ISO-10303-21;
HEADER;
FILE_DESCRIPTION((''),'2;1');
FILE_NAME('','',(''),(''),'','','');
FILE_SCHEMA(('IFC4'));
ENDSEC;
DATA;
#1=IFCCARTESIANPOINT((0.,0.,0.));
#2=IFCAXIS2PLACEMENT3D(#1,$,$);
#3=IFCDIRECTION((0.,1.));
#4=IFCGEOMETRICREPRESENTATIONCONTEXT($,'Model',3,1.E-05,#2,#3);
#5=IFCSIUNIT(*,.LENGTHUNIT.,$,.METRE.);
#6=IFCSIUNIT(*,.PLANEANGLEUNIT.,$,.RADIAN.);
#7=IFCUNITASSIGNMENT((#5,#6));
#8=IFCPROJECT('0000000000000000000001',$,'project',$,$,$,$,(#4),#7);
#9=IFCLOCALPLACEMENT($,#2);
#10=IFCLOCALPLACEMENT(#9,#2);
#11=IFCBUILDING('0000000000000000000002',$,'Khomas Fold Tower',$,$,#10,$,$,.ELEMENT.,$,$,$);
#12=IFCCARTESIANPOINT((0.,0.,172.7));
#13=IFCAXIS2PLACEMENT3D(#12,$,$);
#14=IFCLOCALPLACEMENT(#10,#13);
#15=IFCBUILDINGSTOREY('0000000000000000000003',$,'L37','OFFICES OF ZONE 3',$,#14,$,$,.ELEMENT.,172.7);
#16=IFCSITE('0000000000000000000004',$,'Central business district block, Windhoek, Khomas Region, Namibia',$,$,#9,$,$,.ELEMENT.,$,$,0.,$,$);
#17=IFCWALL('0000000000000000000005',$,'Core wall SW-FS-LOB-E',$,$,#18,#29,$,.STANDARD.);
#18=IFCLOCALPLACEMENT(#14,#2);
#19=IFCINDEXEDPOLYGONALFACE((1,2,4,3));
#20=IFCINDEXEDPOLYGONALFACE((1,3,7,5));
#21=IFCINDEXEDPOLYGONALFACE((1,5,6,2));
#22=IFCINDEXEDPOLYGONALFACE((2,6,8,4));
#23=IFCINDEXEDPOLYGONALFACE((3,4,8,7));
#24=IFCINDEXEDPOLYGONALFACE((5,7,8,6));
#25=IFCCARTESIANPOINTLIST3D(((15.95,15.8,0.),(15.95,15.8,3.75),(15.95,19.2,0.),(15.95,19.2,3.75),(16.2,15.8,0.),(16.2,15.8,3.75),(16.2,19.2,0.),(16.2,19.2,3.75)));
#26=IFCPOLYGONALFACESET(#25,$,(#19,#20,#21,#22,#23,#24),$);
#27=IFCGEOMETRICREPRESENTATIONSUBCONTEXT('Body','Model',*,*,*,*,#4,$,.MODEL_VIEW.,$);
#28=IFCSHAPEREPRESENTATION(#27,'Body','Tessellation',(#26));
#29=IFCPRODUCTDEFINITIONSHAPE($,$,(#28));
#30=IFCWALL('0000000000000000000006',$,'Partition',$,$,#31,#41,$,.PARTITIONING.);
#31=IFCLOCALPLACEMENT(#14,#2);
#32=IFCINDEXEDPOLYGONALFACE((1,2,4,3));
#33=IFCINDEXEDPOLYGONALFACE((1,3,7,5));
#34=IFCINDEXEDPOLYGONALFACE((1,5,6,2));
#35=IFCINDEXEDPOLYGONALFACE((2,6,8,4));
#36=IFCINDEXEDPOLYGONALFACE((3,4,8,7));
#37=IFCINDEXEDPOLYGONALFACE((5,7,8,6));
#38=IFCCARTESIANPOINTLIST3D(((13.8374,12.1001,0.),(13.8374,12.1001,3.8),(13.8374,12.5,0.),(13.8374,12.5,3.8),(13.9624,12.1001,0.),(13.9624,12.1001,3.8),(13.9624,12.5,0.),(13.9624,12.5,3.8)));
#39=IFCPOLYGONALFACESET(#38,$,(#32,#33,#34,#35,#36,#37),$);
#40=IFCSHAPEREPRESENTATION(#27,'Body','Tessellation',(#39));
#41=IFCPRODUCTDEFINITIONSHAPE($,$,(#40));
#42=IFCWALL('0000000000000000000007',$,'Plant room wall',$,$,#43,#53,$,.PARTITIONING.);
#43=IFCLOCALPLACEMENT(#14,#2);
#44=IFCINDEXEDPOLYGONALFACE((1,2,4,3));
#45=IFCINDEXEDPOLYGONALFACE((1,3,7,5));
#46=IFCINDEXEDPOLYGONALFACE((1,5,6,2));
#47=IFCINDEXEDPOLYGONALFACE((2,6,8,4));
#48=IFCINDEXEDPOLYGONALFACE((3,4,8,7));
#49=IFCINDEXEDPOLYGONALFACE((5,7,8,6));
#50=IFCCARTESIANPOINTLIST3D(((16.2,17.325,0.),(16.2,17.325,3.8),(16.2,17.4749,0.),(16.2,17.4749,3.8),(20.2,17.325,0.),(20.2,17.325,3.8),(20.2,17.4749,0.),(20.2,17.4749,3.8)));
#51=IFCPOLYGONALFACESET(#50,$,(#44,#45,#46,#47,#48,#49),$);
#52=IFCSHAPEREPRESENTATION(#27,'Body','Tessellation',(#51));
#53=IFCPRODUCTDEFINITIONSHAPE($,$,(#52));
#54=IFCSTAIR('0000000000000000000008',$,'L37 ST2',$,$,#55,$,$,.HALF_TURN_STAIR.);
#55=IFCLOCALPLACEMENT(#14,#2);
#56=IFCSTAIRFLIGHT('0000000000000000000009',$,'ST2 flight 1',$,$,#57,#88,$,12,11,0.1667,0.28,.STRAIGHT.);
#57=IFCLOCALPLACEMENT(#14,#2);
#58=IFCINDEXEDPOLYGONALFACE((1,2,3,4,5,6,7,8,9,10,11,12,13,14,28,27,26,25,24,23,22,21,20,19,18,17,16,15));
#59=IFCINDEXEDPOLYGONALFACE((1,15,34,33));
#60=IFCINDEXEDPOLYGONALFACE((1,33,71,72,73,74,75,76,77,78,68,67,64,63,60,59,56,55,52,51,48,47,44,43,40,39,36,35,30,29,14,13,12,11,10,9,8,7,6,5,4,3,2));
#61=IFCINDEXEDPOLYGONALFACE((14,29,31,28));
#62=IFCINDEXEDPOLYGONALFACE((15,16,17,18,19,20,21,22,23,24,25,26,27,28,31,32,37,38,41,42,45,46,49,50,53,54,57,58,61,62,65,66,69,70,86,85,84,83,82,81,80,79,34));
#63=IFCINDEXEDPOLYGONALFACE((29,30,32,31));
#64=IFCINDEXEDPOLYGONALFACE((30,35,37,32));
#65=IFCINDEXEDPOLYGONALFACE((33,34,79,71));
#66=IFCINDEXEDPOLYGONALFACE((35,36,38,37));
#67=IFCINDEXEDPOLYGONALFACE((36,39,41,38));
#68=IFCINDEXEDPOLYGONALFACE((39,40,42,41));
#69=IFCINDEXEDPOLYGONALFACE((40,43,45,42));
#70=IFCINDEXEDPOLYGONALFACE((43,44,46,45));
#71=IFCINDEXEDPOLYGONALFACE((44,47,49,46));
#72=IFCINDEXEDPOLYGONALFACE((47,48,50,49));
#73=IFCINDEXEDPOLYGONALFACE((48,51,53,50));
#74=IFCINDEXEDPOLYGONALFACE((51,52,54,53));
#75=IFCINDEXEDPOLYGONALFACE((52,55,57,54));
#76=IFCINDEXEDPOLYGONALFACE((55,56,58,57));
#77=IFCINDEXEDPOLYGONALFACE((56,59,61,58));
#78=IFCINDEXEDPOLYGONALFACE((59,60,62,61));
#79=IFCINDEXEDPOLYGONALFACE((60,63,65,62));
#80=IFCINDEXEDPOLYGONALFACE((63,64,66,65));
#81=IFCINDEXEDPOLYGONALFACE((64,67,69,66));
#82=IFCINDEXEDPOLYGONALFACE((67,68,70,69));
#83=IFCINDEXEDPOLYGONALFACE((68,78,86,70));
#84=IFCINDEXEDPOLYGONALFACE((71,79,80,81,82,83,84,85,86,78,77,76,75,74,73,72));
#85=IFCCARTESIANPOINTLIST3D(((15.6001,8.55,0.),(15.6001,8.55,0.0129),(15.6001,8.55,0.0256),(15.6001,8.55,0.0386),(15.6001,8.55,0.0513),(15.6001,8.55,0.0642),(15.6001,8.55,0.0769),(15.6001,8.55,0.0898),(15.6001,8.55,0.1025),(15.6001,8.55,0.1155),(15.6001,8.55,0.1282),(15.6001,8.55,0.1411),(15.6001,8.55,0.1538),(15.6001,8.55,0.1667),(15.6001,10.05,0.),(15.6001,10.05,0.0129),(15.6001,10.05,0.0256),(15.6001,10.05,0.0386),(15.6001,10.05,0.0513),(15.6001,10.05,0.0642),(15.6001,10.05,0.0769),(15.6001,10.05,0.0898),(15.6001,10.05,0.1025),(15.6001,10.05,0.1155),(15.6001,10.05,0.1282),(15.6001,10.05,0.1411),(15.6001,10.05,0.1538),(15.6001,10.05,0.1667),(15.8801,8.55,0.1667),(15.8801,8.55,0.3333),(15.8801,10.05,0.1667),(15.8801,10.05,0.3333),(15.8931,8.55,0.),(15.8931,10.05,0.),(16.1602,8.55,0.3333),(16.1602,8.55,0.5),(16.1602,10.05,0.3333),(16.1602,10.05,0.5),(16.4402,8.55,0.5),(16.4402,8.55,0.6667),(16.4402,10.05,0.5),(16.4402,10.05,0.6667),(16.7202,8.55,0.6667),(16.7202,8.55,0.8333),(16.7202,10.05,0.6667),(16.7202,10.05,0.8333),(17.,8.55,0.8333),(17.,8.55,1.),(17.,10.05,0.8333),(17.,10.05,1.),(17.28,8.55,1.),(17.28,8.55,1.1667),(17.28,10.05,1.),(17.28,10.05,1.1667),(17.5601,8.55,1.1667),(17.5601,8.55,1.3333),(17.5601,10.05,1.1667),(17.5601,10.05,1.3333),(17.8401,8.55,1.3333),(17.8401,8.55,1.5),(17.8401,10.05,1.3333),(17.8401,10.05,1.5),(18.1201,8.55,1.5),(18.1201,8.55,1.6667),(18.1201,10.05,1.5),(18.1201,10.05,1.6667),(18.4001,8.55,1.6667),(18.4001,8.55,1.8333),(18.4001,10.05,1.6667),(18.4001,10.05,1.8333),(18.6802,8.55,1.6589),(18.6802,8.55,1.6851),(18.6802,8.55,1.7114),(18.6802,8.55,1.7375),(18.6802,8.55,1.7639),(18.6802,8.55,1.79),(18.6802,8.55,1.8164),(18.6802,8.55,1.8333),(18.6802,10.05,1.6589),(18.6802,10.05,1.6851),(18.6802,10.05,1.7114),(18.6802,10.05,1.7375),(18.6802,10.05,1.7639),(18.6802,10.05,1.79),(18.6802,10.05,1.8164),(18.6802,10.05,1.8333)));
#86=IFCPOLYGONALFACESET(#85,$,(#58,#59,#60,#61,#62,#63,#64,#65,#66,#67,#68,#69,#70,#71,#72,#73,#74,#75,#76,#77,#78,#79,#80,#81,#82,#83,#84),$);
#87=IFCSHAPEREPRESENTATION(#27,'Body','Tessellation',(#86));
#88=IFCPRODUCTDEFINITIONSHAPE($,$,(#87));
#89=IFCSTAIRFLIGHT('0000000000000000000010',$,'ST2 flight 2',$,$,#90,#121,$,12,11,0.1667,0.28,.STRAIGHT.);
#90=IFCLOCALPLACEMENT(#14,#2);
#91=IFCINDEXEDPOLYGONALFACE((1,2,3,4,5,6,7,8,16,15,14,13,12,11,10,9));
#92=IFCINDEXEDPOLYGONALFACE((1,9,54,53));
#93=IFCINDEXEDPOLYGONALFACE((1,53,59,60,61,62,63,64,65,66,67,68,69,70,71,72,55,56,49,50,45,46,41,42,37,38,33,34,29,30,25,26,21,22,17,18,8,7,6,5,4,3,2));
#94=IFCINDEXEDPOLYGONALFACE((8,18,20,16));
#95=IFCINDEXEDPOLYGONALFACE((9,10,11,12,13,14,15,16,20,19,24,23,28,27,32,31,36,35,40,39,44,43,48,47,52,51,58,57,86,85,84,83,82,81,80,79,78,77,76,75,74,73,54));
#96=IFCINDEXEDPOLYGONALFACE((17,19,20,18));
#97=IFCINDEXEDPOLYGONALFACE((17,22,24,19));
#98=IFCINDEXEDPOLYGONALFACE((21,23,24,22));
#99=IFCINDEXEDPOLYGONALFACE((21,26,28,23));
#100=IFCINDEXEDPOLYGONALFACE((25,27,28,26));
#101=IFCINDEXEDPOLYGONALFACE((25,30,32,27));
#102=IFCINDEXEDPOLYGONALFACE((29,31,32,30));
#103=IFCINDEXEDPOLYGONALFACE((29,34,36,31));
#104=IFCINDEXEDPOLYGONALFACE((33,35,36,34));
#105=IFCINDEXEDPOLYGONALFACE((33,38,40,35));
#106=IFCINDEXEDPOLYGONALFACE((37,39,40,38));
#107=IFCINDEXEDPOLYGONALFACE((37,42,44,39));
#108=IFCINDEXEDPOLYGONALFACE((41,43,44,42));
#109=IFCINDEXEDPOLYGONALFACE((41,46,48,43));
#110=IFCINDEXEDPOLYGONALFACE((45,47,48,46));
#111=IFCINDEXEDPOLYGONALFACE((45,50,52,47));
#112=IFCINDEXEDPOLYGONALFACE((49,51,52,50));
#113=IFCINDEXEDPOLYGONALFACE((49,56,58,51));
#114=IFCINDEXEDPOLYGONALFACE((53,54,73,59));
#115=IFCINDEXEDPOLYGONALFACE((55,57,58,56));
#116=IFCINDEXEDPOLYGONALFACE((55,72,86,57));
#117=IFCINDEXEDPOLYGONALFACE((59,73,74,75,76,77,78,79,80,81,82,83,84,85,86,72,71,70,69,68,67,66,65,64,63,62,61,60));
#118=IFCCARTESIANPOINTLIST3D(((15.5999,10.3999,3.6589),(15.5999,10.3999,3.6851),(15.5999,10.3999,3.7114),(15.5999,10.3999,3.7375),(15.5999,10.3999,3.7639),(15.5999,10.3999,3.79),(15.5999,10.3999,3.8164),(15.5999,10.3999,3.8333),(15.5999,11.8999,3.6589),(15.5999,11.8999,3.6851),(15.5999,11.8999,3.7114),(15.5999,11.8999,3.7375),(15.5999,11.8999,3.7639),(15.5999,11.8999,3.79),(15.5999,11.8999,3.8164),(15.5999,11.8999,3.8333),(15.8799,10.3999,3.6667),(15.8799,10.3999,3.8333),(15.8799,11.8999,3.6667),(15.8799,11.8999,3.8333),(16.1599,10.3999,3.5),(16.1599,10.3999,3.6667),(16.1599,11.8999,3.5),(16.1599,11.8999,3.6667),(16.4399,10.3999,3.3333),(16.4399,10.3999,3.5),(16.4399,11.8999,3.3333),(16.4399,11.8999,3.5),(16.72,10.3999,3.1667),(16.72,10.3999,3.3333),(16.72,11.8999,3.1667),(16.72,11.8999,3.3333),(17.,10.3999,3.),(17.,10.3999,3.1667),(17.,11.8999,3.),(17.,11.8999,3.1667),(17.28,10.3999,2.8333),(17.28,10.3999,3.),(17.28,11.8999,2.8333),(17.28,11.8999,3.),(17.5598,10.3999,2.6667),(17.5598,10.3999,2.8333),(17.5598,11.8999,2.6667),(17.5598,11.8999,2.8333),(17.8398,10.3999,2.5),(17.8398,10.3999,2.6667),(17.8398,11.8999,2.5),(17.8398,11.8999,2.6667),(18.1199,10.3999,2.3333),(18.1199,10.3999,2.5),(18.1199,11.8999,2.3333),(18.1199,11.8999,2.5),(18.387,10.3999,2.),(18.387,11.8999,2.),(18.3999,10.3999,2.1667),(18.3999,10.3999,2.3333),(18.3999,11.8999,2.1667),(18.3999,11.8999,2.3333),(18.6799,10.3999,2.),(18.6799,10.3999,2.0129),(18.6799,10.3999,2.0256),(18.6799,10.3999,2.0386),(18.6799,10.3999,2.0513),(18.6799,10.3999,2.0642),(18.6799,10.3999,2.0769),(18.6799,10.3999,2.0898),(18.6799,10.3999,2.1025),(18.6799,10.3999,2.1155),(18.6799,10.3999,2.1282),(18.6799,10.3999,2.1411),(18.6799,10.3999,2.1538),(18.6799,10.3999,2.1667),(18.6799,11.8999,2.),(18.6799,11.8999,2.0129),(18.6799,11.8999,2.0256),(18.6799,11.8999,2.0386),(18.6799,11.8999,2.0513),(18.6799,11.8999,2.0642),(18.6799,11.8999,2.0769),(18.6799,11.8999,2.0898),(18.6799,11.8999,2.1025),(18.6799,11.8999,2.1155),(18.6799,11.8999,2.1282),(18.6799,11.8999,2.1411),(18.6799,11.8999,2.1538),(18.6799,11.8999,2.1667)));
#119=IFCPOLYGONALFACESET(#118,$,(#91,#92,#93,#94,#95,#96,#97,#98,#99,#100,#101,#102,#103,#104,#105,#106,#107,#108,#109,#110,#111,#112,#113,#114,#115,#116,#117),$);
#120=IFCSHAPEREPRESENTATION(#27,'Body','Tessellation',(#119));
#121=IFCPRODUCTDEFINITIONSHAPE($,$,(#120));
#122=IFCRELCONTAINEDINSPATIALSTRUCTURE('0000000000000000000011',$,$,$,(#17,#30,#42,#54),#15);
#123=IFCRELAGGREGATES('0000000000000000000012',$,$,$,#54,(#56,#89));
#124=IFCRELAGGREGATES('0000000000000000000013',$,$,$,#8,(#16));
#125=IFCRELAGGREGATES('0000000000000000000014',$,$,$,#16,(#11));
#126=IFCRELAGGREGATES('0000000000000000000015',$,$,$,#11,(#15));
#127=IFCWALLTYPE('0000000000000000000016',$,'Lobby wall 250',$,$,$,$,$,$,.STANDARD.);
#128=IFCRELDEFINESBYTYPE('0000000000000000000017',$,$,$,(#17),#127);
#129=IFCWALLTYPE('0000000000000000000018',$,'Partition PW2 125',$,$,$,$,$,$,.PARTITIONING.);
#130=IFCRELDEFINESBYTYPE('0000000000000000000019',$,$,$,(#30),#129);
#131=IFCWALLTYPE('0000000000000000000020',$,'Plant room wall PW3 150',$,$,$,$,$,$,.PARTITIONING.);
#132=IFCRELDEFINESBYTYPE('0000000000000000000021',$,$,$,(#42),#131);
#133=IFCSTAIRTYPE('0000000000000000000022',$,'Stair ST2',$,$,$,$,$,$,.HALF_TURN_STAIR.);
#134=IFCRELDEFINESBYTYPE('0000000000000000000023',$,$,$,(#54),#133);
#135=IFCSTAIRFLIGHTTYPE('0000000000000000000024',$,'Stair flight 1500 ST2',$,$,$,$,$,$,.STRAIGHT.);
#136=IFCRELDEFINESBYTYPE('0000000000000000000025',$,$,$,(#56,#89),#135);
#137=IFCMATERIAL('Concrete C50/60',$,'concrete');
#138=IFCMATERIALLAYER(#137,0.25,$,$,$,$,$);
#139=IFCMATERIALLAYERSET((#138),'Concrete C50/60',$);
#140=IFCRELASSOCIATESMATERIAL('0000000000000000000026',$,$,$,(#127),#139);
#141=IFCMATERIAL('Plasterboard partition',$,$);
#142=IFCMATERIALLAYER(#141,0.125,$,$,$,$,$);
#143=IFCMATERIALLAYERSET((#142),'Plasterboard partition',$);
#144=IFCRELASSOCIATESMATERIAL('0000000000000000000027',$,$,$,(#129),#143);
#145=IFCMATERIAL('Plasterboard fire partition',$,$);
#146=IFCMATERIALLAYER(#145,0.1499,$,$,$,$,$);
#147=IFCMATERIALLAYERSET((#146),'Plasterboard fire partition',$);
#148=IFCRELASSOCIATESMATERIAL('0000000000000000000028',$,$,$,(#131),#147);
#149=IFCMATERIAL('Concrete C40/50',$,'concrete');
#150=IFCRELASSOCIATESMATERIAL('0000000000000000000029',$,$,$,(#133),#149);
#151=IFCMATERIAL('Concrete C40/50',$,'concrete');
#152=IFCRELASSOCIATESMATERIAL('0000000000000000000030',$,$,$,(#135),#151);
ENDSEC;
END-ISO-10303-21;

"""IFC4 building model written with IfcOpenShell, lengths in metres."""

from ifc_helpers import new_model, si_unit, direction, frame, frame_2d, origin, place, context, subcontext, project, spatial, polyline, rectangle, outline, extrude, source, transform, mapped, material, layer, layer_set, type_object, element, aggregate, save


model = new_model("IFC4")

# Units and contexts
model_context = context("Model", 3, precision=1e-05, world=origin(), true_north=direction((0.0, 1.0)))
body_context = subcontext(model_context, "Body", "Model", "MODEL_VIEW")
ifc_project = project(units=[si_unit("LENGTHUNIT", "METRE"), si_unit("PLANEANGLEUNIT", "RADIAN")], contexts=[model_context])

# Site, building, storey
site_placement = place(None, origin())
site = spatial("IfcSite", under=ifc_project, at=site_placement, Name="Central business district block, Windhoek, Khomas Region, Namibia", CompositionType="ELEMENT", RefElevation=0.0)
building_placement = place(site_placement, origin())
building = spatial("IfcBuilding", under=site, at=building_placement, Name="Khomas Fold Tower", CompositionType="ELEMENT")
storey_placement = place(building_placement, frame((0.0, 0.0, 172.7)))
storey = spatial("IfcBuildingStorey", under=building, at=storey_placement, Name="L37", Description="OFFICES OF ZONE 3", CompositionType="ELEMENT", Elevation=172.7)

# Walls
ifc_material_1 = material(Name="Concrete C50/60", Category="concrete")
ifc_layer_1 = layer(ifc_material_1, 0.25)
ifc_layer_set_1 = layer_set([ifc_layer_1], Name="Concrete C50/60")
wall_type_1 = type_object("IfcWallType", Name="Lobby wall 250", PredefinedType="STANDARD", material=ifc_layer_set_1)
shared_shape_1 = source(origin(), body_context, "Body", "SweptSolid", [
    extrude(rectangle(XDim=3.3999, YDim=0.25, at=frame_2d((1.7, 0.0))), origin(), (0.0, 0.0, 1.0), 3.75),
])
wall_1_placement = place(storey_placement, frame((16.075, 15.8, 0.0), z_axis=(0.0, 0.0, 1.0), x_axis=(0.0, 1.0, 0.0)))
element("IfcWall", 1, at=wall_1_placement, inside=storey, type_object=wall_type_1, Name="Core wall SW-FS-LOB-E", PredefinedType="STANDARD", context=body_context, shape_type="MappedRepresentation", body=[
    mapped(shared_shape_1, transform((0.0, 0.0, 0.0))),
])
ifc_material_2 = material(Name="Plasterboard partition")
ifc_layer_2 = layer(ifc_material_2, 0.125)
ifc_layer_set_2 = layer_set([ifc_layer_2], Name="Plasterboard partition")
wall_type_2 = type_object("IfcWallType", Name="Partition PW2 125", PredefinedType="PARTITIONING", material=ifc_layer_set_2)
shared_shape_2 = source(origin(), body_context, "Body", "SweptSolid", [
    extrude(rectangle(XDim=0.3999, YDim=0.125, at=frame_2d((0.2, 0.0))), origin(), (0.0, 0.0, 1.0), 3.8),
])
wall_2_placement = place(storey_placement, frame((13.8999, 12.1001, 0.0), z_axis=(0.0, 0.0, 1.0), x_axis=(0.0, 1.0, 0.0)))
element("IfcWall", 2, at=wall_2_placement, inside=storey, type_object=wall_type_2, Name="Partition", PredefinedType="PARTITIONING", context=body_context, shape_type="MappedRepresentation", body=[
    mapped(shared_shape_2, transform((0.0, 0.0, 0.0))),
])
ifc_material_3 = material(Name="Plasterboard fire partition")
ifc_layer_3 = layer(ifc_material_3, 0.1499)
ifc_layer_set_3 = layer_set([ifc_layer_3], Name="Plasterboard fire partition")
wall_type_3 = type_object("IfcWallType", Name="Plant room wall PW3 150", PredefinedType="PARTITIONING", material=ifc_layer_set_3)
shared_shape_3 = source(origin(), body_context, "Body", "SweptSolid", [
    extrude(rectangle(XDim=4.0, YDim=0.1499, at=frame_2d((2.0, 0.0))), origin(), (0.0, 0.0, 1.0), 3.8),
])
wall_3_placement = place(storey_placement, frame((16.2, 17.3999, 0.0), z_axis=(0.0, 0.0, 1.0), x_axis=(1.0, 0.0, 0.0)))
element("IfcWall", 3, at=wall_3_placement, inside=storey, type_object=wall_type_3, Name="Plant room wall", PredefinedType="PARTITIONING", context=body_context, shape_type="MappedRepresentation", body=[
    mapped(shared_shape_3, transform((0.0, 0.0, 0.0))),
])

# Stair, stair flights
ifc_material_4 = material(Name="Concrete C40/50", Category="concrete")
stair_type = type_object("IfcStairType", Name="Stair ST2", PredefinedType="HALF_TURN_STAIR", material=ifc_material_4)
stair_placement = place(storey_placement, origin())
stair = element("IfcStair", 4, at=stair_placement, inside=storey, type_object=stair_type, Name="L37 ST2", PredefinedType="HALF_TURN_STAIR")
ifc_material_5 = material(Name="Concrete C40/50", Category="concrete")
stair_flight_type = type_object("IfcStairFlightType", Name="Stair flight 1500 ST2", PredefinedType="STRAIGHT", material=ifc_material_5)
shared_shape_4 = source(origin(), body_context, "Body", "SweptSolid", [
    extrude(outline(polyline([(0.0, 0.0), (0.0, 0.0129), (0.0, 0.0256), (0.0, 0.0386), (0.0, 0.0513), (0.0, 0.0642), (0.0, 0.0769), (0.0, 0.0898), (0.0, 0.1025), (0.0, 0.1155), (0.0, 0.1282), (0.0, 0.1411), (0.0, 0.1538), (0.0, 0.1667), (0.28, 0.1667), (0.28, 0.3333), (0.5601, 0.3333), (0.5601, 0.5), (0.8401, 0.5), (0.8401, 0.6667), (1.1201, 0.6667), (1.1201, 0.8333), (1.3999, 0.8333), (1.3999, 1.0), (1.6799, 1.0), (1.6799, 1.1667), (1.96, 1.1667), (1.96, 1.3333), (2.24, 1.3333), (2.24, 1.5), (2.52, 1.5), (2.52, 1.6667), (2.8, 1.6667), (2.8, 1.8333), (3.0801, 1.8333), (3.0801, 2.0), (3.0801, 1.9739), (3.0801, 1.9475), (3.0801, 1.9214), (3.0801, 1.895), (3.0801, 1.8689), (3.0801, 1.8425), (3.0801, 1.8164), (3.0801, 1.79), (3.0801, 1.7639), (3.0801, 1.7375), (3.0801, 1.7114), (3.0801, 1.6851), (3.0801, 1.6589), (0.293, 0.0), (0.0, 0.0)])), frame((0.0, 0.75, 0.0), z_axis=(0.0, -1.0, 0.0), x_axis=(1.0, 0.0, 0.0)), (0.0, 0.0, 1.0), 1.5),
])
stair_flight_1_placement = place(storey_placement, frame((15.6001, 9.3, 0.0), z_axis=(0.0, 0.0, 1.0), x_axis=(1.0, 0.0, 0.0)))
stair_flight_1 = element("IfcStairFlight", 5, at=stair_flight_1_placement, type_object=stair_flight_type, Name="ST2 flight 1", NumberOfRisers=12, NumberOfTreads=11, PredefinedType="STRAIGHT", RiserHeight=0.1667, TreadLength=0.28, context=body_context, shape_type="MappedRepresentation", body=[
    mapped(shared_shape_4, transform((0.0, 0.0, 0.0))),
])
stair_flight_2_placement = place(storey_placement, frame((18.6799, 11.1499, 2.0), z_axis=(0.0, 0.0, 1.0), x_axis=(-1.0, 0.0, 0.0)))
stair_flight_2 = element("IfcStairFlight", 6, at=stair_flight_2_placement, type_object=stair_flight_type, Name="ST2 flight 2", NumberOfRisers=12, NumberOfTreads=11, PredefinedType="STRAIGHT", RiserHeight=0.1667, TreadLength=0.28, context=body_context, shape_type="MappedRepresentation", body=[
    mapped(shared_shape_4, transform((0.0, 0.0, 0.0))),
])
aggregate(stair, [stair_flight_1, stair_flight_2])

save(model, "model.ifc")
